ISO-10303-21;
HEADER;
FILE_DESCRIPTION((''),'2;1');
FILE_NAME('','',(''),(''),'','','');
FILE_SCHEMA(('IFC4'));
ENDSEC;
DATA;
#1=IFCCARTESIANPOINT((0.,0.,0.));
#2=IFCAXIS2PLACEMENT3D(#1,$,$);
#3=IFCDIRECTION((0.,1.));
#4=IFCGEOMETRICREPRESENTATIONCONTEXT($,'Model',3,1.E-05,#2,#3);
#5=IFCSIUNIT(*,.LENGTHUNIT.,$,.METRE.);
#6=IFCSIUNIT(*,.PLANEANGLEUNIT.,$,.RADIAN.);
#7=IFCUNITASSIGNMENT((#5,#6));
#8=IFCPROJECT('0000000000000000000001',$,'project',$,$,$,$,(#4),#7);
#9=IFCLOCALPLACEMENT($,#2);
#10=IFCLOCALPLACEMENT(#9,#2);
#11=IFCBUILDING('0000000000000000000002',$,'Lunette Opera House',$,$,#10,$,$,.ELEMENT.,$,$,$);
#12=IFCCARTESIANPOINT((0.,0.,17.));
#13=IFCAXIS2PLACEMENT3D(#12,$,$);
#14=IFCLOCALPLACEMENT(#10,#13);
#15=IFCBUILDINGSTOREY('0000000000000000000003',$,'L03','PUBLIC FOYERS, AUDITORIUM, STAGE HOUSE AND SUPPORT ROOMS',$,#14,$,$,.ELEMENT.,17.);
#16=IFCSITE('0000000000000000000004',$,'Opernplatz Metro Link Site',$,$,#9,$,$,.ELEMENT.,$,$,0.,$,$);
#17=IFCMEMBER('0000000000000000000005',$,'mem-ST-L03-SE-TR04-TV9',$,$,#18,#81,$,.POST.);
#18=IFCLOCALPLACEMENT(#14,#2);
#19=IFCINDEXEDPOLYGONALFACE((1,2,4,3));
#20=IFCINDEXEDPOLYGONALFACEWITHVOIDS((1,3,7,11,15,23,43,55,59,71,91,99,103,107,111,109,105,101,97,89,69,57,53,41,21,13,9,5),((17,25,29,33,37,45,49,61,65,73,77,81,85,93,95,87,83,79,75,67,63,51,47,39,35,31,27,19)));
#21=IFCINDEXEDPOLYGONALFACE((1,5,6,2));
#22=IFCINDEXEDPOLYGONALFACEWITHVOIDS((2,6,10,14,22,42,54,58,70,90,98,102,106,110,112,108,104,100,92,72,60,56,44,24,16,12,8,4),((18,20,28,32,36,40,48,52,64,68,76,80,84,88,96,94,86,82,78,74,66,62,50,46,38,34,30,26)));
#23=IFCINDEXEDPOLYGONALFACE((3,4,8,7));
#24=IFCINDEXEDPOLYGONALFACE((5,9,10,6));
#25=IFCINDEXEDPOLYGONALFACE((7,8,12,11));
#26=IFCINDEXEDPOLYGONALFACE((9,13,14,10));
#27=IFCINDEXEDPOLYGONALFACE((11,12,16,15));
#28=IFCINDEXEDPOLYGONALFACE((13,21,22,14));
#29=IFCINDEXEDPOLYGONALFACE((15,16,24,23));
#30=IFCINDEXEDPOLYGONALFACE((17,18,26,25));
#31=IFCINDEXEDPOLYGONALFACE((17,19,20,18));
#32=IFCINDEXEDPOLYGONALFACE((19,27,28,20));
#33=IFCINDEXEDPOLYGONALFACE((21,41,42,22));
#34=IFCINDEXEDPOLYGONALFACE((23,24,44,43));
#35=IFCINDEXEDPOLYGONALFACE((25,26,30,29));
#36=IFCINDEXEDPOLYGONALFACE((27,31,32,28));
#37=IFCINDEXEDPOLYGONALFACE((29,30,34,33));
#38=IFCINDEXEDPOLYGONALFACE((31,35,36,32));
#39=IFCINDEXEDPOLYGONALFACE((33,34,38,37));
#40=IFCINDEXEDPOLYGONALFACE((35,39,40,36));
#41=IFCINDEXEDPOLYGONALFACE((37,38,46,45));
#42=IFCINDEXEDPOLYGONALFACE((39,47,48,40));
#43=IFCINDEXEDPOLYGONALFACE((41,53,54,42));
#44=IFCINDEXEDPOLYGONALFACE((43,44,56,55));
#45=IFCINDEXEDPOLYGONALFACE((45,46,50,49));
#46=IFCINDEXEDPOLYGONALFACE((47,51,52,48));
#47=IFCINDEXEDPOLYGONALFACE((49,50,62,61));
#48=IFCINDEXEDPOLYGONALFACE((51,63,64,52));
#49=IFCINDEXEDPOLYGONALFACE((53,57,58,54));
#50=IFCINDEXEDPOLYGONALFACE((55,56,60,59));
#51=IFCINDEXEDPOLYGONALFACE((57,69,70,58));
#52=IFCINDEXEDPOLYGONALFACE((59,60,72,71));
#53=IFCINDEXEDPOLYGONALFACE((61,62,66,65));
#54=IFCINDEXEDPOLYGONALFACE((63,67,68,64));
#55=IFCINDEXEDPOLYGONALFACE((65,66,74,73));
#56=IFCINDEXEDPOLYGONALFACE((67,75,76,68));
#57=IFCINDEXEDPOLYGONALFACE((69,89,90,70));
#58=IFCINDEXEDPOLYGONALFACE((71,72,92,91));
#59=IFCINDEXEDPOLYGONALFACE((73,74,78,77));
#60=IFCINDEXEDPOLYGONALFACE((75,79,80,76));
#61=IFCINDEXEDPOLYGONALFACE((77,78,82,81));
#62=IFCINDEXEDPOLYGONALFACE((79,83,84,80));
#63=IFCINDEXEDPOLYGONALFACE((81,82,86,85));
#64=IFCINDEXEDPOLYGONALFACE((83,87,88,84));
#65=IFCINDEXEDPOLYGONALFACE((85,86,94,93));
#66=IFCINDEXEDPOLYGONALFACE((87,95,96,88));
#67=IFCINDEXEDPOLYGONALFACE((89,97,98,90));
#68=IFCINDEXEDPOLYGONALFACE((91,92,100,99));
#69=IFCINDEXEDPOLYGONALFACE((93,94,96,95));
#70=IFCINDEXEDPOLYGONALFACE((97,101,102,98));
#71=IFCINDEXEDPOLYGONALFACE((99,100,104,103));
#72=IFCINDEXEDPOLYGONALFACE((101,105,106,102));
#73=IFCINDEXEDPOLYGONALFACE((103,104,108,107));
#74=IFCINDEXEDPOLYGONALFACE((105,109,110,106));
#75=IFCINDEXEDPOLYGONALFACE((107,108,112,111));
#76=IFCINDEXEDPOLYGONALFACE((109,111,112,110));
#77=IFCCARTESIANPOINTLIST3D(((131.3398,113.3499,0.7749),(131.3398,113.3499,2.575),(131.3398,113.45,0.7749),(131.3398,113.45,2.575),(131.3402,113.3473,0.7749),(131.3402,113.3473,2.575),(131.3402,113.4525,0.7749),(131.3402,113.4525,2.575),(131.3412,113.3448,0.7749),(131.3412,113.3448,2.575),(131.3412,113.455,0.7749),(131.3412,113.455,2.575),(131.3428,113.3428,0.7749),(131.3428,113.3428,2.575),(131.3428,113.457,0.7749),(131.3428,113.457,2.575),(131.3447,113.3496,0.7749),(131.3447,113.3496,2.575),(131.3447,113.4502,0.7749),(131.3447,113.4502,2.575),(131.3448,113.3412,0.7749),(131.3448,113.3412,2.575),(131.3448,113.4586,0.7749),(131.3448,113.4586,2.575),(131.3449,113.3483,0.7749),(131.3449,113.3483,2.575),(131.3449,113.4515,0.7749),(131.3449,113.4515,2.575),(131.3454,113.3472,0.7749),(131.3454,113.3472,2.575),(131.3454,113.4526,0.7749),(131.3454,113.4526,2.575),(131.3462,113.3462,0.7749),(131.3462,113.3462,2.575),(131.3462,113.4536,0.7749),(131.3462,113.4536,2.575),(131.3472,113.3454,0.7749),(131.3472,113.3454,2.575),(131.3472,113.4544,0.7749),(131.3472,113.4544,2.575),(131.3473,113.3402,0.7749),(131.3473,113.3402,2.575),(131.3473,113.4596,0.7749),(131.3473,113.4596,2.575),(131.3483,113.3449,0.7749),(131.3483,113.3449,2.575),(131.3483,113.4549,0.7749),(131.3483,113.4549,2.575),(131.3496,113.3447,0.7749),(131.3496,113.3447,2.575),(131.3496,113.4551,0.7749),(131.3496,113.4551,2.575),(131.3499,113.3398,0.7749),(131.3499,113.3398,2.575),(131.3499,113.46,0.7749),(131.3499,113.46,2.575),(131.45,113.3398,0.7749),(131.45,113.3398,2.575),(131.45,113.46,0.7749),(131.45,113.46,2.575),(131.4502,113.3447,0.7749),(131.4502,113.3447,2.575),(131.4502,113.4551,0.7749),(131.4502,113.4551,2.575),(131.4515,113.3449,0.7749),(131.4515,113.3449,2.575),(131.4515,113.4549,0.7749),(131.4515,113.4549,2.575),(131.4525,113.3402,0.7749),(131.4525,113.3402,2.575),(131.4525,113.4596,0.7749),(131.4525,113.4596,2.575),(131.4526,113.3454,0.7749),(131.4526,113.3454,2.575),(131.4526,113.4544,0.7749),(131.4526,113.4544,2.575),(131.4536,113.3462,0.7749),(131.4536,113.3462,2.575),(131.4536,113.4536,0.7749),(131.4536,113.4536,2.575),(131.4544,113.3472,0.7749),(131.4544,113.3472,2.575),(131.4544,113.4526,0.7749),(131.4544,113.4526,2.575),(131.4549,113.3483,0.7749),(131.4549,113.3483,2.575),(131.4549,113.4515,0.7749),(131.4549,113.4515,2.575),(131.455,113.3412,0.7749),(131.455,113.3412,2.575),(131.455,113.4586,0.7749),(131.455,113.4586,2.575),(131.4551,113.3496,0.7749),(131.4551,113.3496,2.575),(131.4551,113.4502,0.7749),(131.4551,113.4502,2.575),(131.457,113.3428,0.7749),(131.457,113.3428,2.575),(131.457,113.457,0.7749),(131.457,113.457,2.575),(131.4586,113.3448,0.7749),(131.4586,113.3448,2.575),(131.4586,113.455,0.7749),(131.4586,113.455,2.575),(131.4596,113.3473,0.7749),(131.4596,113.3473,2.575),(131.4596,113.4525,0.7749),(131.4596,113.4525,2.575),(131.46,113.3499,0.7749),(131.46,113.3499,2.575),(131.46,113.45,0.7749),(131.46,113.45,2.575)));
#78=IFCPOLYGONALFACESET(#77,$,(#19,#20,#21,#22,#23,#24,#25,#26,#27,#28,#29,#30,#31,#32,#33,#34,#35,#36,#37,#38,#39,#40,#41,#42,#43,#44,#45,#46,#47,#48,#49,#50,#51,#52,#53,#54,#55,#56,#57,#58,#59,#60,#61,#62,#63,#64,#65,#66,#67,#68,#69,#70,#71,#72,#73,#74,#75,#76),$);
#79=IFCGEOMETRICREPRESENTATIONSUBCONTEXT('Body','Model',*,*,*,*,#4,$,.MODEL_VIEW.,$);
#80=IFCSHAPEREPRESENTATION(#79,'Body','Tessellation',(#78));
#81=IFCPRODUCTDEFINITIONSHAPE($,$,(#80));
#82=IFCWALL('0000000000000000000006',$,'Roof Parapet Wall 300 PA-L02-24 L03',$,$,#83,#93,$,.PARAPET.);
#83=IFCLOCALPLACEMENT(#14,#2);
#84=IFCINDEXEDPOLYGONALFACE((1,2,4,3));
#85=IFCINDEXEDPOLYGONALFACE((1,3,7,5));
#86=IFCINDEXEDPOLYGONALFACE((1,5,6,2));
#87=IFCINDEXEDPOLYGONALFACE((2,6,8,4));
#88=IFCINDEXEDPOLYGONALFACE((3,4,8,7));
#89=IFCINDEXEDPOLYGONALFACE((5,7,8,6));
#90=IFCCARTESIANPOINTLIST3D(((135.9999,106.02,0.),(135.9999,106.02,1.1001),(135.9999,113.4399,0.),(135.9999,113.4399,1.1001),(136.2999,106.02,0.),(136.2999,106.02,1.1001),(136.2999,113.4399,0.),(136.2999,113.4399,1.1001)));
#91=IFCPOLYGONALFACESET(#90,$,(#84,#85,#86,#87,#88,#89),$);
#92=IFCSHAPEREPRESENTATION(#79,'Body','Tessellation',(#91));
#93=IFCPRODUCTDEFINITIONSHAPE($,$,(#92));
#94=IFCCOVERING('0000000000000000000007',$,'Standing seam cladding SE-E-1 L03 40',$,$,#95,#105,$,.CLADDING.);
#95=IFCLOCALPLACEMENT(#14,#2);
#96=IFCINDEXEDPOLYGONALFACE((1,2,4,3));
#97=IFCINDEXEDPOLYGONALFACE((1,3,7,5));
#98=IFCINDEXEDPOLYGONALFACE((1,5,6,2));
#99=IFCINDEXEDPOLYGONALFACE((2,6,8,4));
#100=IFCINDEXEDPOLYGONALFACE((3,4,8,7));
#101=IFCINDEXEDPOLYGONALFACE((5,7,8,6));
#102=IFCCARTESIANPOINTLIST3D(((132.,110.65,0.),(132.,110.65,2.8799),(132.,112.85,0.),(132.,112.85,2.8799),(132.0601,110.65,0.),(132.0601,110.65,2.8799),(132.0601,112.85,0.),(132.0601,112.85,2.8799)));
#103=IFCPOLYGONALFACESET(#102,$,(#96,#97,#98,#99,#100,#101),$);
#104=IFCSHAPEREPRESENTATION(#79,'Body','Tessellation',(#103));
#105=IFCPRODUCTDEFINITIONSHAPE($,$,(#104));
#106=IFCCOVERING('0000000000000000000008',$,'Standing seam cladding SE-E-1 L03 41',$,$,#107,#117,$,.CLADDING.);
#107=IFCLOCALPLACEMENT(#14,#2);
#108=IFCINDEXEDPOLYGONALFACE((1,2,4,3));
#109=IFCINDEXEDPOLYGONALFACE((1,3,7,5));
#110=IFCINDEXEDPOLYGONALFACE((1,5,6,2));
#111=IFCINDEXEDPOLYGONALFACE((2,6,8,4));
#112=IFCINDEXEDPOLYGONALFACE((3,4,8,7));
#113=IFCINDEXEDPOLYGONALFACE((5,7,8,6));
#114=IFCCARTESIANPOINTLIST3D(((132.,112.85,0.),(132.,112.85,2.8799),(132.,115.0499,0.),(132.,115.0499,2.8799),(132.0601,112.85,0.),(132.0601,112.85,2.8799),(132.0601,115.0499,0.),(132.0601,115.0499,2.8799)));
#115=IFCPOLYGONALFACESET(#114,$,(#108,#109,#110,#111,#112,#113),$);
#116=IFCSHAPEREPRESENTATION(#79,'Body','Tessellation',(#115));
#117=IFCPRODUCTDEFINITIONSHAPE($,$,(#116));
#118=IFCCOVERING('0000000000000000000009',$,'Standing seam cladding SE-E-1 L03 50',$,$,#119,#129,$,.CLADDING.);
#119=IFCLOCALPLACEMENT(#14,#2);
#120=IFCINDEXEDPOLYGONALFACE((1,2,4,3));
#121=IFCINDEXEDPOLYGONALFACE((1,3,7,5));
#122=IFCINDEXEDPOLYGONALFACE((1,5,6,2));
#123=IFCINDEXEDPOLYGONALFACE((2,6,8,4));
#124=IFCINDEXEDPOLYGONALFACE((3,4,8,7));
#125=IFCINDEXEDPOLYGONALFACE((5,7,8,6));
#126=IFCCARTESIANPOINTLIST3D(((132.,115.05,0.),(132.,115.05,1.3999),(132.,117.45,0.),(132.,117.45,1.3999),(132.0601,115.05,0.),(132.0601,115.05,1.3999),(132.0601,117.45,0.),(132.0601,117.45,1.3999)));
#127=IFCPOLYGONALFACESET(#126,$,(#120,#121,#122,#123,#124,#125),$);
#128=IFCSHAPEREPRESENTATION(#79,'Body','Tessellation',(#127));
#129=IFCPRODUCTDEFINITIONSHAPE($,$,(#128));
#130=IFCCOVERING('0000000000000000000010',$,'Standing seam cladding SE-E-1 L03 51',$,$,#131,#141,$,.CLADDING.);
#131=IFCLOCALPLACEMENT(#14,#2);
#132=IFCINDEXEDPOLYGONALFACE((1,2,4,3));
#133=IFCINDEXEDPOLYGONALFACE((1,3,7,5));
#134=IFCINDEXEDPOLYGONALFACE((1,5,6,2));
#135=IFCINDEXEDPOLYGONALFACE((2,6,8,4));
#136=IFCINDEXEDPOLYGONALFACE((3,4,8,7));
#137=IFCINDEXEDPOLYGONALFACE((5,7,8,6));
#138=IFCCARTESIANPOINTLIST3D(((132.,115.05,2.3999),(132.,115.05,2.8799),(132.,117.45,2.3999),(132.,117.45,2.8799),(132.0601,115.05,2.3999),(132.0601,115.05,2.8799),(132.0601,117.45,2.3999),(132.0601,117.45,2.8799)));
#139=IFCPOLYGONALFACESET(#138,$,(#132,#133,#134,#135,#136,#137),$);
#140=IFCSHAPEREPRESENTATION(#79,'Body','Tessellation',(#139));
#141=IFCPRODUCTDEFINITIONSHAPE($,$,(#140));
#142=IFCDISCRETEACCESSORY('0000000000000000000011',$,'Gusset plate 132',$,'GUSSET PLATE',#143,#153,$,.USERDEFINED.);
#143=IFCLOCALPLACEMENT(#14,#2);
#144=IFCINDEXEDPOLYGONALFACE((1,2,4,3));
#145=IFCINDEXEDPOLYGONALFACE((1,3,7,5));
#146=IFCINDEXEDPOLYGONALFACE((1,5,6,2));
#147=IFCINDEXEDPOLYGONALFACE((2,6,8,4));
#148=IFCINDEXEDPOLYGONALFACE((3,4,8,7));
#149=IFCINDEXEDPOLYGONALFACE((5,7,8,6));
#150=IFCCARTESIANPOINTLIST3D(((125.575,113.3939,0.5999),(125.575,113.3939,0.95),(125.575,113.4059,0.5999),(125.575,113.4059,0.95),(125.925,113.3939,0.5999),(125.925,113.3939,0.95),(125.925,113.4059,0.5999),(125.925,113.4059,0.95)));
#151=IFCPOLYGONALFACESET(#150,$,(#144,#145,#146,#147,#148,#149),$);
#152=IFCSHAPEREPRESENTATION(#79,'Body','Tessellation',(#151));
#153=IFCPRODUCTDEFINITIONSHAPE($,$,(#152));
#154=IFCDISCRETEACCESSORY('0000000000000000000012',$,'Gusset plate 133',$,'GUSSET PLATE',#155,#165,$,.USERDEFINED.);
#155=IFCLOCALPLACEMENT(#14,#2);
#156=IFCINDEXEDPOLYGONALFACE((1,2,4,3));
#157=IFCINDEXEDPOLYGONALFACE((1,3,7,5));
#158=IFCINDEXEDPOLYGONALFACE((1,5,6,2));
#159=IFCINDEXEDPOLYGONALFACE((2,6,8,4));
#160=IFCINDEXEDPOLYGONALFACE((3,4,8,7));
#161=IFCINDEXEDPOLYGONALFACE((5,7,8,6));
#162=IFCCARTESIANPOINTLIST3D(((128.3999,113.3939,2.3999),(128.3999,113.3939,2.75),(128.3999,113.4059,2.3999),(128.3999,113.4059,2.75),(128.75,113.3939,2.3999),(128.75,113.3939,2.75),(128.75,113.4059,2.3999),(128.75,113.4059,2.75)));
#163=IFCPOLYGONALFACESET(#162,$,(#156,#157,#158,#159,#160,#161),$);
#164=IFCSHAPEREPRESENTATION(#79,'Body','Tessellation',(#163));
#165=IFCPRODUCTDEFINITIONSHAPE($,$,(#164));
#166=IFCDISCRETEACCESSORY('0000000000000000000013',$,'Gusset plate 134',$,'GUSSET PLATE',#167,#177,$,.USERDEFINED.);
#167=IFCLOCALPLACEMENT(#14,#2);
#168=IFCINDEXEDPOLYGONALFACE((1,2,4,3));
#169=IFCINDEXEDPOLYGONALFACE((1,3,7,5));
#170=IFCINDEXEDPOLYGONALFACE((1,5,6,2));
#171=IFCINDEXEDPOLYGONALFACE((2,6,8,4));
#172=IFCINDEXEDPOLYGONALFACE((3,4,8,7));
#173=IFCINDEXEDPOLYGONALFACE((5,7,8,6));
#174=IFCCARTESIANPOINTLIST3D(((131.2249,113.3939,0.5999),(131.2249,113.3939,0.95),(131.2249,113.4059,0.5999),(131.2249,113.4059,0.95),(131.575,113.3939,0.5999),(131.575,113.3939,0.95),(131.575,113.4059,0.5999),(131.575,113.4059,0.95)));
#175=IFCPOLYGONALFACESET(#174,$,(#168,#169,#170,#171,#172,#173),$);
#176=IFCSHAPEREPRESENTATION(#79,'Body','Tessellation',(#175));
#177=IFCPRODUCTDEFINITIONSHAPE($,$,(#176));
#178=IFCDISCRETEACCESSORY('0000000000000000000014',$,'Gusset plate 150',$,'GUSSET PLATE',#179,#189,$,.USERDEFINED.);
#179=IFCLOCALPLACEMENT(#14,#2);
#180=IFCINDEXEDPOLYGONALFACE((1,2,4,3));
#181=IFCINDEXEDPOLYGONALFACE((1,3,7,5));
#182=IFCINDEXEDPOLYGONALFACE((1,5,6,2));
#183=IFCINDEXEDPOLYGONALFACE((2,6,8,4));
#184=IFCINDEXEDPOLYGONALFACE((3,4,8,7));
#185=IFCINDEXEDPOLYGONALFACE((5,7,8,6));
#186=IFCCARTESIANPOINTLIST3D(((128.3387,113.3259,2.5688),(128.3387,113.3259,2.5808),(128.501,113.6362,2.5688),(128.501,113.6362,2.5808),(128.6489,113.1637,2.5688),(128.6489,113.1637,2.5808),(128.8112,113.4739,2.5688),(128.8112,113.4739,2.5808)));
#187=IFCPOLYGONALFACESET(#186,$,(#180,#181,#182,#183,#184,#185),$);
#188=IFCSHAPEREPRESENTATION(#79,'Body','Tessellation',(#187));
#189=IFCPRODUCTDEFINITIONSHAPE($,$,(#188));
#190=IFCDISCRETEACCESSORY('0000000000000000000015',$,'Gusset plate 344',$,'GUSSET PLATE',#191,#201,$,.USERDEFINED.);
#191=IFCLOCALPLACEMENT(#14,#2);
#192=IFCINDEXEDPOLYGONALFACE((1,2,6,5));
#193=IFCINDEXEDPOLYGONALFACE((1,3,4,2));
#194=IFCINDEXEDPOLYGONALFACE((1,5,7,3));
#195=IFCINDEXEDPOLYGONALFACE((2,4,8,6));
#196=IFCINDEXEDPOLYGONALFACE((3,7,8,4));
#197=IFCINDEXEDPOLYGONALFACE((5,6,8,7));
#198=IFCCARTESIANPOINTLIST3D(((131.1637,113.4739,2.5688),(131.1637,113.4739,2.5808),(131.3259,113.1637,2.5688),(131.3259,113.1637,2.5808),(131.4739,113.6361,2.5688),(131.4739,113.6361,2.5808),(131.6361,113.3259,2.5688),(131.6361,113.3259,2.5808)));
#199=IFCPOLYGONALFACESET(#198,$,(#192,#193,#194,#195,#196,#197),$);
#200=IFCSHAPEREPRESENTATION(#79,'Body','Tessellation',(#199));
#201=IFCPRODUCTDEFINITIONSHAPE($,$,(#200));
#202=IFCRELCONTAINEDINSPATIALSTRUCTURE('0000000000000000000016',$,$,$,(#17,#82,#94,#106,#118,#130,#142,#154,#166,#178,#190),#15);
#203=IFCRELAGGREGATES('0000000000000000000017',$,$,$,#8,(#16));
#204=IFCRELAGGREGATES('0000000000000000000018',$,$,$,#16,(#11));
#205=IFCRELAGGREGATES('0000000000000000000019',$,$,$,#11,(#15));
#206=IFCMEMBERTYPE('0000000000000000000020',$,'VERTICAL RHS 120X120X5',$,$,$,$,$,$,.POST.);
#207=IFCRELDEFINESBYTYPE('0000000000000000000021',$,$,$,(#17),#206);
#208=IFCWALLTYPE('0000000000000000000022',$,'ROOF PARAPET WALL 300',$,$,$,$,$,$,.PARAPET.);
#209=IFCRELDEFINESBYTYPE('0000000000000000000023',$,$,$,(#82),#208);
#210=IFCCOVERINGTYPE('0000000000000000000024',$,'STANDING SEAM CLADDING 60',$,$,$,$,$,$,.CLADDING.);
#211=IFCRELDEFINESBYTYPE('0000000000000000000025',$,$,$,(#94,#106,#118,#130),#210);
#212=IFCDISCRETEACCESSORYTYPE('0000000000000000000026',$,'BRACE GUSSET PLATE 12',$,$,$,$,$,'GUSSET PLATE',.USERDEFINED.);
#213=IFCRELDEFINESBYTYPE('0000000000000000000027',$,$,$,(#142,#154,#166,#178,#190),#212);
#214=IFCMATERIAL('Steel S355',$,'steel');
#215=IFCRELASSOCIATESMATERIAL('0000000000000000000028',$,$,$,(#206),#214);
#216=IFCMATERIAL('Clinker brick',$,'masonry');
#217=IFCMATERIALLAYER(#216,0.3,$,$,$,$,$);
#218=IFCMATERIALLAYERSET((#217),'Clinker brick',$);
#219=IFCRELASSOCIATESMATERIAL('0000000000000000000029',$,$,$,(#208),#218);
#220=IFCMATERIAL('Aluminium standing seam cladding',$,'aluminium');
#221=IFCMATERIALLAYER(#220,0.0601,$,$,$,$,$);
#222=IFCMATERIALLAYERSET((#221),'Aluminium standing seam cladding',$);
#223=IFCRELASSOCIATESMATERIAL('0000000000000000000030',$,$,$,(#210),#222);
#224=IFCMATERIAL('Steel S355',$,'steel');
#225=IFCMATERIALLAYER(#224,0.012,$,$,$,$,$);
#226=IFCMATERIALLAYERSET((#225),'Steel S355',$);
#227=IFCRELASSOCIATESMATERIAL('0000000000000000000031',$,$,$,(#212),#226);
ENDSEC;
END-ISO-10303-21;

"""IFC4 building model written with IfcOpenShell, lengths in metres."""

from ifc_helpers import new_model, si_unit, direction, frame, frame_2d, origin, origin_2d, place, context, subcontext, project, spatial, rectangle, hollow_rectangle, extrude, material, layer, layer_set, material_profile, profile_set, type_object, element, save


model = new_model("IFC4")

# Units and contexts
model_context = context("Model", 3, precision=1e-05, world=origin(), true_north=direction((0.0, 1.0)))
body_context = subcontext(model_context, "Body", "Model", "MODEL_VIEW")
ifc_project = project(units=[si_unit("LENGTHUNIT", "METRE"), si_unit("PLANEANGLEUNIT", "RADIAN")], contexts=[model_context])

# Site, building, storey
site_placement = place(None, origin())
site = spatial("IfcSite", under=ifc_project, at=site_placement, Name="Opernplatz Metro Link Site", CompositionType="ELEMENT", RefElevation=0.0)
building_placement = place(site_placement, origin())
building = spatial("IfcBuilding", under=site, at=building_placement, Name="Lunette Opera House", CompositionType="ELEMENT")
storey_placement = place(building_placement, frame((0.0, 0.0, 17.0)))
storey = spatial("IfcBuildingStorey", under=building, at=storey_placement, Name="L03", Description="PUBLIC FOYERS, AUDITORIUM, STAGE HOUSE AND SUPPORT ROOMS", CompositionType="ELEMENT", Elevation=17.0)

# Member
ifc_material_1 = material(Name="Steel S355", Category="steel")
ifc_material_profile_1 = material_profile(ifc_material_1, hollow_rectangle(XDim=0.1201, YDim=0.1201, WallThickness=0.0049, InnerFilletRadius=0.0049, OuterFilletRadius=0.01, at=origin_2d()), Name="RHS 120X120X5")
ifc_profile_set_1 = profile_set([ifc_material_profile_1], Name="Steel S355")
member_type_1 = type_object("IfcMemberType", Name="VERTICAL RHS 120X120X5", PredefinedType="POST", material=ifc_profile_set_1)
for number, where, z_axis, x_axis, name in (
    (1, (131.3999, 113.3999, 0.7749), (0.0, 0.0, 1.0), (1.0, 0.0, 0.0), "mem-ST-L03-SE-TR04-TV9"),
):
    element("IfcMember", number, at=place(storey_placement, frame(where, z_axis=z_axis, x_axis=x_axis)), inside=storey, type_object=member_type_1, Name=name, PredefinedType="POST", context=body_context, shape_type="SweptSolid", body=[
        extrude(hollow_rectangle(XDim=0.1201, YDim=0.1201, WallThickness=0.0049, InnerFilletRadius=0.0049, OuterFilletRadius=0.01, at=origin_2d()), origin(), (0.0, 0.0, 1.0), 1.8),
    ])

# Wall
ifc_material_2 = material(Name="Clinker brick", Category="masonry")
ifc_layer_1 = layer(ifc_material_2, 0.3)
ifc_layer_set_1 = layer_set([ifc_layer_1], Name="Clinker brick")
wall_type = type_object("IfcWallType", Name="ROOF PARAPET WALL 300", PredefinedType="PARAPET", material=ifc_layer_set_1)
wall_placement = place(storey_placement, frame((136.1499, 113.4399, 0.0), z_axis=(0.0, 0.0, 1.0), x_axis=(0.0, -1.0, 0.0)))
element("IfcWall", 2, at=wall_placement, inside=storey, type_object=wall_type, Name="Roof Parapet Wall 300 PA-L02-24 L03", PredefinedType="PARAPET", context=body_context, shape_type="SweptSolid", body=[
    extrude(rectangle(XDim=7.4199, YDim=0.3, at=frame_2d((3.71, 0.0))), origin(), (0.0, 0.0, 1.0), 1.1001),
])

# Coverings
ifc_material_3 = material(Name="Aluminium standing seam cladding", Category="aluminium")
ifc_layer_2 = layer(ifc_material_3, 0.0601)
ifc_layer_set_2 = layer_set([ifc_layer_2], Name="Aluminium standing seam cladding")
covering_type = type_object("IfcCoveringType", Name="STANDING SEAM CLADDING 60", PredefinedType="CLADDING", material=ifc_layer_set_2)
for number, where, z_axis, x_axis, name in (
    (3, (132.03, 111.75, 0.0), (0.0, 0.0, 1.0), (0.0, 1.0, 0.0), "Standing seam cladding SE-E-1 L03 40"),
    (4, (132.03, 113.95, 0.0), (0.0, 0.0, 1.0), (0.0, 1.0, 0.0), "Standing seam cladding SE-E-1 L03 41"),
):
    element("IfcCovering", number, at=place(storey_placement, frame(where, z_axis=z_axis, x_axis=x_axis)), inside=storey, type_object=covering_type, Name=name, PredefinedType="CLADDING", context=body_context, shape_type="SweptSolid", body=[
        extrude(rectangle(XDim=2.2, YDim=0.0601, at=origin_2d()), origin(), (0.0, 0.0, 1.0), 2.8799),
    ])
covering_1_placement = place(storey_placement, frame((132.03, 116.25, 0.0), z_axis=(0.0, 0.0, 1.0), x_axis=(0.0, 1.0, 0.0)))
element("IfcCovering", 5, at=covering_1_placement, inside=storey, type_object=covering_type, Name="Standing seam cladding SE-E-1 L03 50", PredefinedType="CLADDING", context=body_context, shape_type="SweptSolid", body=[
    extrude(rectangle(XDim=2.3999, YDim=0.0601, at=origin_2d()), origin(), (0.0, 0.0, 1.0), 1.3999),
])
covering_2_placement = place(storey_placement, frame((132.03, 116.25, 2.3999), z_axis=(0.0, 0.0, 1.0), x_axis=(0.0, 1.0, 0.0)))
element("IfcCovering", 6, at=covering_2_placement, inside=storey, type_object=covering_type, Name="Standing seam cladding SE-E-1 L03 51", PredefinedType="CLADDING", context=body_context, shape_type="SweptSolid", body=[
    extrude(rectangle(XDim=2.3999, YDim=0.0601, at=origin_2d()), origin(), (0.0, 0.0, 1.0), 0.48),
])

# Discrete accessories
ifc_material_4 = material(Name="Steel S355", Category="steel")
ifc_layer_3 = layer(ifc_material_4, 0.012)
ifc_layer_set_3 = layer_set([ifc_layer_3], Name="Steel S355")
discrete_accessory_type_1 = type_object("IfcDiscreteAccessoryType", Name="BRACE GUSSET PLATE 12", ElementType="GUSSET PLATE", PredefinedType="USERDEFINED", material=ifc_layer_set_3)
for number, where, z_axis, x_axis, name in (
    (7, (125.75, 113.3999, 0.5999), (0.0, 0.0, 1.0), (1.0, 0.0, 0.0), "Gusset plate 132"),
    (8, (128.575, 113.3999, 2.3999), (0.0, 0.0, 1.0), (1.0, 0.0, 0.0), "Gusset plate 133"),
    (9, (131.3999, 113.3999, 0.5999), (0.0, 0.0, 1.0), (1.0, 0.0, 0.0), "Gusset plate 134"),
):
    element("IfcDiscreteAccessory", number, at=place(storey_placement, frame(where, z_axis=z_axis, x_axis=x_axis)), inside=storey, type_object=discrete_accessory_type_1, Name=name, ObjectType="GUSSET PLATE", PredefinedType="USERDEFINED", context=body_context, shape_type="SweptSolid", body=[
        extrude(rectangle(XDim=0.3501, YDim=0.012, at=origin_2d()), origin(), (0.0, 0.0, 1.0), 0.3501),
    ])
for number, where, z_axis, x_axis, name in (
    (10, (128.575, 113.3999, 2.5688), (0.0, 0.0, 1.0), (0.463547, 0.886073, 0.0), "Gusset plate 150"),
    (11, (131.3999, 113.3999, 2.5688), (0.0, 0.0, 1.0), (-0.463418, 0.88614, 0.0), "Gusset plate 344"),
):
    element("IfcDiscreteAccessory", number, at=place(storey_placement, frame(where, z_axis=z_axis, x_axis=x_axis)), inside=storey, type_object=discrete_accessory_type_1, Name=name, ObjectType="GUSSET PLATE", PredefinedType="USERDEFINED", context=body_context, shape_type="SweptSolid", body=[
        extrude(rectangle(XDim=0.3501, YDim=0.3501, at=origin_2d()), origin(), (0.0, 0.0, 1.0), 0.012),
    ])

save(model, "model.ifc")
